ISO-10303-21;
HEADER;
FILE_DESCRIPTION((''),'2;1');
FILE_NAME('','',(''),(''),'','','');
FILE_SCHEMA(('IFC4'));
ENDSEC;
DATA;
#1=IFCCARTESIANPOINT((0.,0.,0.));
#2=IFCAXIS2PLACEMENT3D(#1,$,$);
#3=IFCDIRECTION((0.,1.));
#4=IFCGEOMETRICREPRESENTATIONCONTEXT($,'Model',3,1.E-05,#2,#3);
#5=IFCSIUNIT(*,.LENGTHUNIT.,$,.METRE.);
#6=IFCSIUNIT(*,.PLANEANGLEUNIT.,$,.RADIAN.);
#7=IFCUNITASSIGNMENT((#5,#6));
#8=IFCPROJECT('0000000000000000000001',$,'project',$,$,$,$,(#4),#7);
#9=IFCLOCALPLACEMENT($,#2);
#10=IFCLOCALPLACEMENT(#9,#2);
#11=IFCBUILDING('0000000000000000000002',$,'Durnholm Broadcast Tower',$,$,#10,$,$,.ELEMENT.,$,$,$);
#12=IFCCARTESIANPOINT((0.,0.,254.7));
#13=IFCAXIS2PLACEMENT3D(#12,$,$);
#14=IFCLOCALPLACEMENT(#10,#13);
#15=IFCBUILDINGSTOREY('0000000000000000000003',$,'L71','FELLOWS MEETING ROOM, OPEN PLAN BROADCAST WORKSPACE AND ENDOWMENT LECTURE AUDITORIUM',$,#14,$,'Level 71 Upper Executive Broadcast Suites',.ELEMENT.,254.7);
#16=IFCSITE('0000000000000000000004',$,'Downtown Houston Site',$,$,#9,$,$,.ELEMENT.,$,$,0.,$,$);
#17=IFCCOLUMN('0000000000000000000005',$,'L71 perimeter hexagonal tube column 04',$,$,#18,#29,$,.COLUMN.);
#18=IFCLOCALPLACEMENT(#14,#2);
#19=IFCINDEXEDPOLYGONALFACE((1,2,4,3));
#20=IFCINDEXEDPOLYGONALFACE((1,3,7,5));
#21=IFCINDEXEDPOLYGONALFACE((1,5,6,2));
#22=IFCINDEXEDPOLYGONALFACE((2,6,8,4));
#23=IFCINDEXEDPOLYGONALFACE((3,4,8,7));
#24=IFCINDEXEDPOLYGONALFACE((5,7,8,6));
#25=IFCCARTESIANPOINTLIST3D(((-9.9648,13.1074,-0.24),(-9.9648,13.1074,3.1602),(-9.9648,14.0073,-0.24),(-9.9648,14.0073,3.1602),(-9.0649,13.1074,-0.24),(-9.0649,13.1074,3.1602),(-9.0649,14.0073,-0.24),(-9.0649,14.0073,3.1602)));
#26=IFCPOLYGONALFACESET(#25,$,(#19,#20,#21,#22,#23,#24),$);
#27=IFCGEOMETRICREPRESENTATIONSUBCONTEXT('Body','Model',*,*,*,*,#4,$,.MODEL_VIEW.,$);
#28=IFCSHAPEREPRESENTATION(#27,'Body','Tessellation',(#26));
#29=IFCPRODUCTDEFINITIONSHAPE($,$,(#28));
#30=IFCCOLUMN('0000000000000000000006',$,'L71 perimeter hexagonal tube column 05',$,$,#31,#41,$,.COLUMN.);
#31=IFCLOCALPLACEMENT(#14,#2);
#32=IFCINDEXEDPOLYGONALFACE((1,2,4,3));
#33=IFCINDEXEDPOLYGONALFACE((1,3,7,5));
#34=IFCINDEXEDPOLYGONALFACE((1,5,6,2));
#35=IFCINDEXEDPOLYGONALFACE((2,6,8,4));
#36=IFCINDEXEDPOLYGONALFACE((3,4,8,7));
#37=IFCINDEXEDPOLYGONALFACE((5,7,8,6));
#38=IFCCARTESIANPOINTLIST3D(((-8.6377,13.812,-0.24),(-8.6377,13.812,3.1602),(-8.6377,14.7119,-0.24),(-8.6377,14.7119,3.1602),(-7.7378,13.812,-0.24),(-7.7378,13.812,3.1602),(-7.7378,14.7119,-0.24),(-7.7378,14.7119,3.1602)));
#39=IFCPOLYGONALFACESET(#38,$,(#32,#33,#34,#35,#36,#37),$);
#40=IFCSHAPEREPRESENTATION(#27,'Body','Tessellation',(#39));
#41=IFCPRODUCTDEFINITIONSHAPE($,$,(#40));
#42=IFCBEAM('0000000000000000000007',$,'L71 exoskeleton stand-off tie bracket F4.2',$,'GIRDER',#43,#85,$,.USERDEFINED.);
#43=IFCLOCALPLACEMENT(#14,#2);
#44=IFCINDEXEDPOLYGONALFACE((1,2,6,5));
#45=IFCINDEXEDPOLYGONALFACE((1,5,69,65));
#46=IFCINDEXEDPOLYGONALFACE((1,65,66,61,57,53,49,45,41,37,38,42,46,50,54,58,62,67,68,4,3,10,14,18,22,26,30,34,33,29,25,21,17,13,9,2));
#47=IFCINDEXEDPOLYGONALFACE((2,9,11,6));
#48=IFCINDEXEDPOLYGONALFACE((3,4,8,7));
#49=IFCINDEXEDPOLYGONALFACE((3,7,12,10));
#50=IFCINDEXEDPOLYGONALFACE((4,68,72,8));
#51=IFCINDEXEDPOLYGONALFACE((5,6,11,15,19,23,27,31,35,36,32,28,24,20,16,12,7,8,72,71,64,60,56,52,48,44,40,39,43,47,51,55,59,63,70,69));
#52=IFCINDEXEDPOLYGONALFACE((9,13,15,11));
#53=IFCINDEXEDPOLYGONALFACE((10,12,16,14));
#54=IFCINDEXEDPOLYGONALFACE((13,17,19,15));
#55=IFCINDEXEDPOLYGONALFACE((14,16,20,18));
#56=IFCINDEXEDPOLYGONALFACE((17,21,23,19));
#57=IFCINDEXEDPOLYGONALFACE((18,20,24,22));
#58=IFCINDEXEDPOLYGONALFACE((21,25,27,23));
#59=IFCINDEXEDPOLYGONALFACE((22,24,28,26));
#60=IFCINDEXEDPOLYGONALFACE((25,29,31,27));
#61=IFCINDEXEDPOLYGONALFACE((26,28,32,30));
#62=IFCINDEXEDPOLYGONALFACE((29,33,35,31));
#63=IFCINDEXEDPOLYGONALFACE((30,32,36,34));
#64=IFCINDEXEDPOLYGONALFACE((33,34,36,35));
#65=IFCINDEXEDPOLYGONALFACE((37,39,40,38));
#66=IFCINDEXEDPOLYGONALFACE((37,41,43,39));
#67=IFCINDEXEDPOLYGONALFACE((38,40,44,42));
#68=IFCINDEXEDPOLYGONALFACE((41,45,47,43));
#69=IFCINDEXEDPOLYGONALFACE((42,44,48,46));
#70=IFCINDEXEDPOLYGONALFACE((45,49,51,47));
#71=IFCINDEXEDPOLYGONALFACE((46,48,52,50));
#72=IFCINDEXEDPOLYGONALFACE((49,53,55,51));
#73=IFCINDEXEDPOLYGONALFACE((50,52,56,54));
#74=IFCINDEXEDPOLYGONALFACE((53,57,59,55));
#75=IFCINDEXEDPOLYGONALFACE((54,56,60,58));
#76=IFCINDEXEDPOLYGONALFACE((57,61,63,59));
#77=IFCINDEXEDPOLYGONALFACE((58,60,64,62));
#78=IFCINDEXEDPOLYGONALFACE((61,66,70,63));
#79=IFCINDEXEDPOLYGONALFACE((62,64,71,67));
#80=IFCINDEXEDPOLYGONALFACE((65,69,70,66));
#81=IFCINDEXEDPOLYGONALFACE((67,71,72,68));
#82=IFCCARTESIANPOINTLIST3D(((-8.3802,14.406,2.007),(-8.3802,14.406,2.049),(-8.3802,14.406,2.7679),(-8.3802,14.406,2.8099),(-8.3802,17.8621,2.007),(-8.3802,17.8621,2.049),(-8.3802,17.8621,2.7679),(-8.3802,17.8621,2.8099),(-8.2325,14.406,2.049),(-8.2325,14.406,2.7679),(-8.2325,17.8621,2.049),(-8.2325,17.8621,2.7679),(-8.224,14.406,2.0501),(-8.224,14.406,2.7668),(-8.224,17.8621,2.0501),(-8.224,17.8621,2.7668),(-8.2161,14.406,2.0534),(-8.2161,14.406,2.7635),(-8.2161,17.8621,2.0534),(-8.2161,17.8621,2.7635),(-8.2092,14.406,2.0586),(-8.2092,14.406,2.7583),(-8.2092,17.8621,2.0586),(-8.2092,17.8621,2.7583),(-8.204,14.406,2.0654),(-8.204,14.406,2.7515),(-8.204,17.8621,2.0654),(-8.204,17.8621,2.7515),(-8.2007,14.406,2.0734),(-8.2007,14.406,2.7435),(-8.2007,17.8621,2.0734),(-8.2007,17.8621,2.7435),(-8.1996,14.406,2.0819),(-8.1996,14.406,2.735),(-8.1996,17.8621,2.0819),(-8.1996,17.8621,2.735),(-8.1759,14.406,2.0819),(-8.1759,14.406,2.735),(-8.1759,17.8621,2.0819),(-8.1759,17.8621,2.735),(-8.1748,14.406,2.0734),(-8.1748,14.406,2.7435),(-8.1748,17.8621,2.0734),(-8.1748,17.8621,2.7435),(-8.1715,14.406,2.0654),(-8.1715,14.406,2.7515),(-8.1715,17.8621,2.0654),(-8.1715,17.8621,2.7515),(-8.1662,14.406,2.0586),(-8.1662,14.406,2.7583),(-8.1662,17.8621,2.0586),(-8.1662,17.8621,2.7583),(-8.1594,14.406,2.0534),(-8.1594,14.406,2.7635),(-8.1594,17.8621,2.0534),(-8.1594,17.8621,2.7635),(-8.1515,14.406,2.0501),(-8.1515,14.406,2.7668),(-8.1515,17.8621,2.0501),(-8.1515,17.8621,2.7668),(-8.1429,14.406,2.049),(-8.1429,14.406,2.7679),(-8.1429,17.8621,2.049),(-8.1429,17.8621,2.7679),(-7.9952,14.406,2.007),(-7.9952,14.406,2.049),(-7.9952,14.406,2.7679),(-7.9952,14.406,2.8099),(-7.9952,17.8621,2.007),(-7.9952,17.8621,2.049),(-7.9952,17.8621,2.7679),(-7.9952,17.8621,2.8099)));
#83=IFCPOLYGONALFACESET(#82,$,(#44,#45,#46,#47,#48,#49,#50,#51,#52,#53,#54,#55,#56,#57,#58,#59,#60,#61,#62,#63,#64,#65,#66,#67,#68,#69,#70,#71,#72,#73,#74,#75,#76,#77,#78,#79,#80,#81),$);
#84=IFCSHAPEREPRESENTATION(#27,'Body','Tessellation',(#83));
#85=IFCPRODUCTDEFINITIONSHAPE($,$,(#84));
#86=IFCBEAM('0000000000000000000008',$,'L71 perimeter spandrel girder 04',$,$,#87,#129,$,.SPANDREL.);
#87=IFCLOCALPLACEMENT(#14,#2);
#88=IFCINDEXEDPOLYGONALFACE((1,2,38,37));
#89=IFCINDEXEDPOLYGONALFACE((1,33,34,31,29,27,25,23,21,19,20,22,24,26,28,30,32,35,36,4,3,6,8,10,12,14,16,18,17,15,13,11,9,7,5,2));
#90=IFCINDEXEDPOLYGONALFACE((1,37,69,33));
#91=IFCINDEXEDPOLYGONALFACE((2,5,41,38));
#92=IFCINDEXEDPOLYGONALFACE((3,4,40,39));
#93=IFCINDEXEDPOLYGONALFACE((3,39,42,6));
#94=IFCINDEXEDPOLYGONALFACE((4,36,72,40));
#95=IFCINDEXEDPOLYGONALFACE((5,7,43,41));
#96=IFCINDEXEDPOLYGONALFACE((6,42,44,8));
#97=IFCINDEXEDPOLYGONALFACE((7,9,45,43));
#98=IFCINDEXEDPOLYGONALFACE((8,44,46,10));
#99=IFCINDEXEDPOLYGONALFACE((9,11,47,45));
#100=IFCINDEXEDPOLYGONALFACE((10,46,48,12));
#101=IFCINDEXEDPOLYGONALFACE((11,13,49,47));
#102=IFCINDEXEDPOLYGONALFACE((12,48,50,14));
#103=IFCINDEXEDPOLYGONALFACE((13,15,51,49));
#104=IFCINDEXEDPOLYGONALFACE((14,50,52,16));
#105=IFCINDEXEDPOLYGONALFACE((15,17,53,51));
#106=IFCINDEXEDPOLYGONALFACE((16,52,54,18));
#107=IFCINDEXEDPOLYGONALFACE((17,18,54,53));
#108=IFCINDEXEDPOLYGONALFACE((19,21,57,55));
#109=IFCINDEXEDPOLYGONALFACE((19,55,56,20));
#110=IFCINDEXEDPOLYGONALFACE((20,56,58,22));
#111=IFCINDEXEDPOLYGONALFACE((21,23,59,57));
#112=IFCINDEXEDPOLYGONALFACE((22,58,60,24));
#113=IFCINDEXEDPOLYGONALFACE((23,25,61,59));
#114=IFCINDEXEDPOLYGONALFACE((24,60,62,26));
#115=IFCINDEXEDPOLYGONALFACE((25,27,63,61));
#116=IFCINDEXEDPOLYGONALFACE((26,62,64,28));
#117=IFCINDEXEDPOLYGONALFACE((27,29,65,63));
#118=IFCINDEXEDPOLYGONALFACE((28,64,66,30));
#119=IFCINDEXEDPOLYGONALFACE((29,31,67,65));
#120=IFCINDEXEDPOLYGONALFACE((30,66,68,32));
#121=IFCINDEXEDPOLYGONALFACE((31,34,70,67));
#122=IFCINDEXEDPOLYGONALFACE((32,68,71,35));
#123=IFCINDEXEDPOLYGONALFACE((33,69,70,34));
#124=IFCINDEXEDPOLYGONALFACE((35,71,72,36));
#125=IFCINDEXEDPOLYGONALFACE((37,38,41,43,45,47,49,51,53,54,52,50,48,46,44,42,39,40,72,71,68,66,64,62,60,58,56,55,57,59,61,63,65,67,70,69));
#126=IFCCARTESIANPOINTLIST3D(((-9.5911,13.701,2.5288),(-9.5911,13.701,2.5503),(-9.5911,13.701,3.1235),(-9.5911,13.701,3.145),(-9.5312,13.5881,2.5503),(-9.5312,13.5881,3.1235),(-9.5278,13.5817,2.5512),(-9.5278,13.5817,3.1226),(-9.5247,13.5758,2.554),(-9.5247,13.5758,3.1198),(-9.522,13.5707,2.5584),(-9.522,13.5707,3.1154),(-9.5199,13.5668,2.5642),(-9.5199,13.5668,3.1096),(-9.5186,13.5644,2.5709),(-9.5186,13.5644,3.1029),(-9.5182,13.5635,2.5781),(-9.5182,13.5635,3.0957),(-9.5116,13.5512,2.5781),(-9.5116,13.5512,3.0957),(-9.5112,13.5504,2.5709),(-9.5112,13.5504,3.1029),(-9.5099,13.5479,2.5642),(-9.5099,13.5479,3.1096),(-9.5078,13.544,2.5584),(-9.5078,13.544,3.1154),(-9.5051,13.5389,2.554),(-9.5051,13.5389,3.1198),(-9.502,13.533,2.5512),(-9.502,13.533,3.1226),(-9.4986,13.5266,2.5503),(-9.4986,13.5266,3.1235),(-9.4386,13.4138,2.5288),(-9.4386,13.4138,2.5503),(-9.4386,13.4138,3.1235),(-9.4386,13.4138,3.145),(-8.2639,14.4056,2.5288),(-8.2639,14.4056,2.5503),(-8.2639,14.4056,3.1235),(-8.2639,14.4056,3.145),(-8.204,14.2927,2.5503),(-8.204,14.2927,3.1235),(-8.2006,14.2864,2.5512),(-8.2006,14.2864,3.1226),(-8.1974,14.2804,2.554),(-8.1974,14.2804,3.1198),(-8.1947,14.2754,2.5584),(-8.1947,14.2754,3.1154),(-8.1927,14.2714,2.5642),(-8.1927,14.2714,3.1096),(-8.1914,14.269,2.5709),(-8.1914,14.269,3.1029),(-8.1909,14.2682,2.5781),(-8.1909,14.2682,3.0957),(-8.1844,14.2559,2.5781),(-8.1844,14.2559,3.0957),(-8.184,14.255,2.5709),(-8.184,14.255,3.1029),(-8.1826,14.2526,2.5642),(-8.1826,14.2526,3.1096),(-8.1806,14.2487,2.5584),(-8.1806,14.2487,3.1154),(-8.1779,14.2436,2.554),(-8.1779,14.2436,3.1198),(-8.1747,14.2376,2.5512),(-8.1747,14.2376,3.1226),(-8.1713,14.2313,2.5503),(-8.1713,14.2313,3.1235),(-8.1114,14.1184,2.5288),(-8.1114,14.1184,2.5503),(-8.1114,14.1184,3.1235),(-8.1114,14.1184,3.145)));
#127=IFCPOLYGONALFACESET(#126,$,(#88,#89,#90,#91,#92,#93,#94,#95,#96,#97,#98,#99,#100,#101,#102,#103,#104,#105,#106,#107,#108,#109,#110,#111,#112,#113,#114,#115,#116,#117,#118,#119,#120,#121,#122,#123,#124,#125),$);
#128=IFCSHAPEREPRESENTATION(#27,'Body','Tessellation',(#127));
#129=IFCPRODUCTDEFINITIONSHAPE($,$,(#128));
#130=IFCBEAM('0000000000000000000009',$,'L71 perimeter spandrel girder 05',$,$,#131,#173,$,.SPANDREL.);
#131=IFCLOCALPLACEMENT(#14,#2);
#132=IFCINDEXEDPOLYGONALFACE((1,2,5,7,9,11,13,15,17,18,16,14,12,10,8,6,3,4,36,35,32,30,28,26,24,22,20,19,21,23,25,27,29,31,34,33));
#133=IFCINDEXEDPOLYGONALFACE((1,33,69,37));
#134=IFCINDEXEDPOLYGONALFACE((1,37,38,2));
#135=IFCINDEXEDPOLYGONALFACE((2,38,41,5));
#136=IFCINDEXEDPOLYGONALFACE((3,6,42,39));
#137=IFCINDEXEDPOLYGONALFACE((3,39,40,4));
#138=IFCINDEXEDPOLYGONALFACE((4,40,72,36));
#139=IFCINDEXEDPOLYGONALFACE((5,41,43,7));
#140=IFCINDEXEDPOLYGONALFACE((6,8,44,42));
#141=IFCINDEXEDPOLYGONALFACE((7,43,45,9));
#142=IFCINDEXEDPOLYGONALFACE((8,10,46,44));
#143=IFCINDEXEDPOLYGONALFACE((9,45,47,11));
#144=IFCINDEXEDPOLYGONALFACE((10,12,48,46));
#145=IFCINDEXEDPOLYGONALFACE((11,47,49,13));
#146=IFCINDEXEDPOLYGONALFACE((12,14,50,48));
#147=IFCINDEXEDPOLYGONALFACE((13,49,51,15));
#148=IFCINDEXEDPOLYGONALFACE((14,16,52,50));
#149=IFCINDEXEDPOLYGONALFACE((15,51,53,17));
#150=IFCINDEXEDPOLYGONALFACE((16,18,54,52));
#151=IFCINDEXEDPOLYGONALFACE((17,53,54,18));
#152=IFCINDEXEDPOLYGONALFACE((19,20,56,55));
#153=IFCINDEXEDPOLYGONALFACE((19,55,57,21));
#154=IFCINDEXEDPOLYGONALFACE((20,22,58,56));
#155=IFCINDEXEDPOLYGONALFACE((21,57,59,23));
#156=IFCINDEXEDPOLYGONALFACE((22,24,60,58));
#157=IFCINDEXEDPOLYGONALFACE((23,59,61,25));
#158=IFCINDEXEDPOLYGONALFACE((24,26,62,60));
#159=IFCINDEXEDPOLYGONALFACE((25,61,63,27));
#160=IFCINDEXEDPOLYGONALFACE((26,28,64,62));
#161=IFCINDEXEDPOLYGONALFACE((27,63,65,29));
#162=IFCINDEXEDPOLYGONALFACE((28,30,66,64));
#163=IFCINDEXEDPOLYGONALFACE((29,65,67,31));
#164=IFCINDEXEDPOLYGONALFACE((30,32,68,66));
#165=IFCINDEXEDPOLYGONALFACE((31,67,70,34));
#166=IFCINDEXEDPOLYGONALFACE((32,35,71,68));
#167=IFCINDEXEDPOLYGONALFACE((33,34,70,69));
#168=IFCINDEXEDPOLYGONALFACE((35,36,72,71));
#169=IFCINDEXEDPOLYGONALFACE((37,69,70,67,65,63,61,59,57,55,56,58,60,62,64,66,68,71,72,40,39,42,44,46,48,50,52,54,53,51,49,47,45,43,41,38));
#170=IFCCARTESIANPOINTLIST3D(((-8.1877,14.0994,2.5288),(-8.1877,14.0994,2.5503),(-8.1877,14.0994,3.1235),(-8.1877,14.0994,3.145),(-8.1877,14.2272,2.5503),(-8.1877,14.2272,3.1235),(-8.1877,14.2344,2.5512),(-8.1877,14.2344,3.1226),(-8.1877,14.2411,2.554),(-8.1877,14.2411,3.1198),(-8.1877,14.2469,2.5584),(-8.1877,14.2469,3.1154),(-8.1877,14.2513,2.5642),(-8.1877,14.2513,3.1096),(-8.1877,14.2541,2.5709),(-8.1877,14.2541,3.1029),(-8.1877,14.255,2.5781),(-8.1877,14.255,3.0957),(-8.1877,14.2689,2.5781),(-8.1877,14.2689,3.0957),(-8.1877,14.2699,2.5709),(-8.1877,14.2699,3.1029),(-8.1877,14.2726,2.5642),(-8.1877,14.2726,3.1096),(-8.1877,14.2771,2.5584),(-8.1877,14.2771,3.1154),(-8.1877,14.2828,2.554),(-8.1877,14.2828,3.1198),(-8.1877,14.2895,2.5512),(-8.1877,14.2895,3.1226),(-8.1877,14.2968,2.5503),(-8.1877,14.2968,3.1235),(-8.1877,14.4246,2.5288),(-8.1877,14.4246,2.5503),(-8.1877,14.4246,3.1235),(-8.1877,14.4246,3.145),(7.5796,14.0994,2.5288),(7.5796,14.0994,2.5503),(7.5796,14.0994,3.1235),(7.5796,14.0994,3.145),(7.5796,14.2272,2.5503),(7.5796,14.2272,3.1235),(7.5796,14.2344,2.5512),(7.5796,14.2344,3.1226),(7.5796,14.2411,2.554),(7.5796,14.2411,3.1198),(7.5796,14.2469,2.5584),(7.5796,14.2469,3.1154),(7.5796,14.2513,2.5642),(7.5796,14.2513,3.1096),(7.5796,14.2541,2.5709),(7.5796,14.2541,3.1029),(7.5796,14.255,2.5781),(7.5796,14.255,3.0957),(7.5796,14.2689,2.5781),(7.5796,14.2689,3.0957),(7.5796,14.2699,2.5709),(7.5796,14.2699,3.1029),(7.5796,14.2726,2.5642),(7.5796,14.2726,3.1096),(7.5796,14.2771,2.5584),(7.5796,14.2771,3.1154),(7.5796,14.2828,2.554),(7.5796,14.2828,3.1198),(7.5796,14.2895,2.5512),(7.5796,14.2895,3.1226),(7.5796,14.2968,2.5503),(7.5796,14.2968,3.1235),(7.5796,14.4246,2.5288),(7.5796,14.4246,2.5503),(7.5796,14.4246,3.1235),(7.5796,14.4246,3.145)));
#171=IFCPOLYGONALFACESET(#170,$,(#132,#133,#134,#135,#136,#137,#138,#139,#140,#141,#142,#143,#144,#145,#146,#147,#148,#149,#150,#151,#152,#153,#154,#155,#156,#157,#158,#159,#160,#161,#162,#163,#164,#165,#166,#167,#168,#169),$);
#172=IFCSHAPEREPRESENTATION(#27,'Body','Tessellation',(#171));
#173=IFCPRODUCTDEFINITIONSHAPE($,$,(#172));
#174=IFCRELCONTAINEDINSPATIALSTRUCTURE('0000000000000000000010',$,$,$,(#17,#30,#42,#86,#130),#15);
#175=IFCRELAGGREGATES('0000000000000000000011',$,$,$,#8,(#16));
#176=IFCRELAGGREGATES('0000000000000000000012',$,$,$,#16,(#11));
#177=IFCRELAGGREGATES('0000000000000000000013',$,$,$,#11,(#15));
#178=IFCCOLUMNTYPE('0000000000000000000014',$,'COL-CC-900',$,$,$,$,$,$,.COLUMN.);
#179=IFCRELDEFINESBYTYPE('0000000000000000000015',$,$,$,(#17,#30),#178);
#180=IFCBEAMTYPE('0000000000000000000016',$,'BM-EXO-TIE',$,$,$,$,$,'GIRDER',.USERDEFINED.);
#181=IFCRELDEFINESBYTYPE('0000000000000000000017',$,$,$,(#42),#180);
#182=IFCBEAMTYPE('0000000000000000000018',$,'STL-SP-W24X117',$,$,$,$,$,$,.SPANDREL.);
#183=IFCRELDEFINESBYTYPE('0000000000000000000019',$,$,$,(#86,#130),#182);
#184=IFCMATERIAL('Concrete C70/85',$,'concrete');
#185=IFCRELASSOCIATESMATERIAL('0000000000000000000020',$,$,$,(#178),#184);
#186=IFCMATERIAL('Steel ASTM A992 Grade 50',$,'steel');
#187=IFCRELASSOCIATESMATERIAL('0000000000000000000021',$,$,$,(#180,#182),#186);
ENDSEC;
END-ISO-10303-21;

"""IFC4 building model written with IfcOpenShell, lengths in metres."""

from ifc_helpers import new_model, si_unit, direction, frame, origin, origin_2d, place, context, subcontext, project, spatial, rectangle, i_section, extrude, source, transform, mapped, material, material_profile, profile_set, type_object, type_shapes, element, save


model = new_model("IFC4")

# Units and contexts
model_context = context("Model", 3, precision=1e-05, world=origin(), true_north=direction((0.0, 1.0)))
body_context = subcontext(model_context, "Body", "Model", "MODEL_VIEW")
ifc_project = project(units=[si_unit("LENGTHUNIT", "METRE"), si_unit("PLANEANGLEUNIT", "RADIAN")], contexts=[model_context])

# Site, building, storey
site_placement = place(None, origin())
site = spatial("IfcSite", under=ifc_project, at=site_placement, Name="Downtown Houston Site", CompositionType="ELEMENT", RefElevation=0.0)
building_placement = place(site_placement, origin())
building = spatial("IfcBuilding", under=site, at=building_placement, Name="Durnholm Broadcast Tower", CompositionType="ELEMENT")
storey_placement = place(building_placement, frame((0.0, 0.0, 254.7)))
storey = spatial("IfcBuildingStorey", under=building, at=storey_placement, Name="L71", Description="FELLOWS MEETING ROOM, OPEN PLAN BROADCAST WORKSPACE AND ENDOWMENT LECTURE AUDITORIUM", LongName="Level 71 Upper Executive Broadcast Suites", CompositionType="ELEMENT", Elevation=254.7)

# Columns
ifc_material_1 = material(Name="Concrete C70/85", Category="concrete")
ifc_material_profile_1 = material_profile(ifc_material_1, rectangle(XDim=0.8999, YDim=0.8999, at=origin_2d()), Name="RC900X900")
ifc_profile_set_1 = profile_set([ifc_material_profile_1], Name="Concrete C70/85")
column_type = type_object("IfcColumnType", Name="COL-CC-900", PredefinedType="COLUMN", material=ifc_profile_set_1)
shared_shape_1 = source(origin(), body_context, "Body", "SweptSolid", [
    extrude(rectangle(XDim=0.8999, YDim=0.8999, at=origin_2d()), origin(), (0.0, 0.0, 1.0), 3.4001),
])
type_shapes(column_type, [shared_shape_1])
for number, where, z_axis, x_axis, name in (
    (1, (-9.5149, 13.5574, -0.24), (0.0, 0.0, 1.0), (1.0, 0.0, 0.0), "L71 perimeter hexagonal tube column 04"),
    (2, (-8.1877, 14.262, -0.24), (0.0, 0.0, 1.0), (1.0, 0.0, 0.0), "L71 perimeter hexagonal tube column 05"),
):
    element("IfcColumn", number, at=place(storey_placement, frame(where, z_axis=z_axis, x_axis=x_axis)), inside=storey, type_object=column_type, Name=name, PredefinedType="COLUMN", context=body_context, shape_type="MappedRepresentation", body=[
        mapped(shared_shape_1, transform((0.0, 0.0, 0.0), x_axis=(1.0, 0.0, 0.0), y_axis=(0.0, 1.0, 0.0), z_axis=(0.0, 0.0, 1.0), scale=1.0)),
    ])

# Beams
ifc_material_2 = material(Name="Steel ASTM A992 Grade 50", Category="steel")
ifc_material_profile_2 = material_profile(ifc_material_2, i_section(OverallWidth=0.385, OverallDepth=0.803, WebThickness=0.0237, FlangeThickness=0.042, FilletRadius=0.033, at=origin_2d()), Name="W30X261")
ifc_profile_set_2 = profile_set([ifc_material_profile_2], Name="Steel ASTM A992 Grade 50")
beam_type_1 = type_object("IfcBeamType", Name="BM-EXO-TIE", ElementType="GIRDER", PredefinedType="USERDEFINED", material=ifc_profile_set_2)
shared_shape_2 = source(origin(), body_context, "Body", "SweptSolid", [
    extrude(i_section(OverallWidth=0.385, OverallDepth=0.803, WebThickness=0.0237, FlangeThickness=0.042, FilletRadius=0.033, at=origin_2d()), origin(), (0.0, 0.0, 1.0), 3.4561),
])
type_shapes(beam_type_1, [shared_shape_2])
beam_1_placement = place(storey_placement, frame((-8.1877, 14.406, 2.4084), z_axis=(0.0, 1.0, 0.0), x_axis=(-1.0, 0.0, 0.0)))
element("IfcBeam", 3, at=beam_1_placement, inside=storey, type_object=beam_type_1, Name="L71 exoskeleton stand-off tie bracket F4.2", ObjectType="GIRDER", PredefinedType="USERDEFINED", context=body_context, shape_type="MappedRepresentation", body=[
    mapped(shared_shape_2, transform((0.0, 0.0, 0.0), x_axis=(1.0, 0.0, 0.0), y_axis=(0.0, 1.0, 0.0), z_axis=(0.0, 0.0, 1.0), scale=1.0)),
])
ifc_material_profile_3 = material_profile(ifc_material_2, i_section(OverallWidth=0.3252, OverallDepth=0.6162, WebThickness=0.0139, FlangeThickness=0.0215, FilletRadius=0.0278, at=origin_2d()), Name="W24X117")
ifc_profile_set_3 = profile_set([ifc_material_profile_3], Name="Steel ASTM A992 Grade 50")
beam_type_2 = type_object("IfcBeamType", Name="STL-SP-W24X117", PredefinedType="SPANDREL", material=ifc_profile_set_3)
shared_shape_3 = source(origin(), body_context, "Body", "SweptSolid", [
    extrude(i_section(OverallWidth=0.3252, OverallDepth=0.6162, WebThickness=0.0139, FlangeThickness=0.0215, FilletRadius=0.0278, at=origin_2d()), origin(), (0.0, 0.0, 1.0), 1.5027),
])
beam_2_placement = place(storey_placement, frame((-9.5149, 13.5574, 2.8369), z_axis=(0.883242, 0.468918, 0.0), x_axis=(-0.468918, 0.883242, 0.0)))
element("IfcBeam", 4, at=beam_2_placement, inside=storey, type_object=beam_type_2, Name="L71 perimeter spandrel girder 04", PredefinedType="SPANDREL", context=body_context, shape_type="MappedRepresentation", body=[
    mapped(shared_shape_3, transform((0.0, 0.0, 0.0), x_axis=(1.0, 0.0, 0.0), y_axis=(0.0, 1.0, 0.0), z_axis=(0.0, 0.0, 1.0), scale=1.0)),
])
shared_shape_4 = source(origin(), body_context, "Body", "SweptSolid", [
    extrude(i_section(OverallWidth=0.3252, OverallDepth=0.6162, WebThickness=0.0139, FlangeThickness=0.0215, FilletRadius=0.0278, at=origin_2d()), origin(), (0.0, 0.0, 1.0), 15.7673),
])
type_shapes(beam_type_2, [shared_shape_3, shared_shape_4])
beam_3_placement = place(storey_placement, frame((-8.1877, 14.262, 2.8369), z_axis=(1.0, 0.0, 0.0), x_axis=(0.0, 1.0, 0.0)))
element("IfcBeam", 5, at=beam_3_placement, inside=storey, type_object=beam_type_2, Name="L71 perimeter spandrel girder 05", PredefinedType="SPANDREL", context=body_context, shape_type="MappedRepresentation", body=[
    mapped(shared_shape_4, transform((0.0, 0.0, 0.0), x_axis=(1.0, 0.0, 0.0), y_axis=(0.0, 1.0, 0.0), z_axis=(0.0, 0.0, 1.0), scale=1.0)),
])

save(model, "model.ifc")
